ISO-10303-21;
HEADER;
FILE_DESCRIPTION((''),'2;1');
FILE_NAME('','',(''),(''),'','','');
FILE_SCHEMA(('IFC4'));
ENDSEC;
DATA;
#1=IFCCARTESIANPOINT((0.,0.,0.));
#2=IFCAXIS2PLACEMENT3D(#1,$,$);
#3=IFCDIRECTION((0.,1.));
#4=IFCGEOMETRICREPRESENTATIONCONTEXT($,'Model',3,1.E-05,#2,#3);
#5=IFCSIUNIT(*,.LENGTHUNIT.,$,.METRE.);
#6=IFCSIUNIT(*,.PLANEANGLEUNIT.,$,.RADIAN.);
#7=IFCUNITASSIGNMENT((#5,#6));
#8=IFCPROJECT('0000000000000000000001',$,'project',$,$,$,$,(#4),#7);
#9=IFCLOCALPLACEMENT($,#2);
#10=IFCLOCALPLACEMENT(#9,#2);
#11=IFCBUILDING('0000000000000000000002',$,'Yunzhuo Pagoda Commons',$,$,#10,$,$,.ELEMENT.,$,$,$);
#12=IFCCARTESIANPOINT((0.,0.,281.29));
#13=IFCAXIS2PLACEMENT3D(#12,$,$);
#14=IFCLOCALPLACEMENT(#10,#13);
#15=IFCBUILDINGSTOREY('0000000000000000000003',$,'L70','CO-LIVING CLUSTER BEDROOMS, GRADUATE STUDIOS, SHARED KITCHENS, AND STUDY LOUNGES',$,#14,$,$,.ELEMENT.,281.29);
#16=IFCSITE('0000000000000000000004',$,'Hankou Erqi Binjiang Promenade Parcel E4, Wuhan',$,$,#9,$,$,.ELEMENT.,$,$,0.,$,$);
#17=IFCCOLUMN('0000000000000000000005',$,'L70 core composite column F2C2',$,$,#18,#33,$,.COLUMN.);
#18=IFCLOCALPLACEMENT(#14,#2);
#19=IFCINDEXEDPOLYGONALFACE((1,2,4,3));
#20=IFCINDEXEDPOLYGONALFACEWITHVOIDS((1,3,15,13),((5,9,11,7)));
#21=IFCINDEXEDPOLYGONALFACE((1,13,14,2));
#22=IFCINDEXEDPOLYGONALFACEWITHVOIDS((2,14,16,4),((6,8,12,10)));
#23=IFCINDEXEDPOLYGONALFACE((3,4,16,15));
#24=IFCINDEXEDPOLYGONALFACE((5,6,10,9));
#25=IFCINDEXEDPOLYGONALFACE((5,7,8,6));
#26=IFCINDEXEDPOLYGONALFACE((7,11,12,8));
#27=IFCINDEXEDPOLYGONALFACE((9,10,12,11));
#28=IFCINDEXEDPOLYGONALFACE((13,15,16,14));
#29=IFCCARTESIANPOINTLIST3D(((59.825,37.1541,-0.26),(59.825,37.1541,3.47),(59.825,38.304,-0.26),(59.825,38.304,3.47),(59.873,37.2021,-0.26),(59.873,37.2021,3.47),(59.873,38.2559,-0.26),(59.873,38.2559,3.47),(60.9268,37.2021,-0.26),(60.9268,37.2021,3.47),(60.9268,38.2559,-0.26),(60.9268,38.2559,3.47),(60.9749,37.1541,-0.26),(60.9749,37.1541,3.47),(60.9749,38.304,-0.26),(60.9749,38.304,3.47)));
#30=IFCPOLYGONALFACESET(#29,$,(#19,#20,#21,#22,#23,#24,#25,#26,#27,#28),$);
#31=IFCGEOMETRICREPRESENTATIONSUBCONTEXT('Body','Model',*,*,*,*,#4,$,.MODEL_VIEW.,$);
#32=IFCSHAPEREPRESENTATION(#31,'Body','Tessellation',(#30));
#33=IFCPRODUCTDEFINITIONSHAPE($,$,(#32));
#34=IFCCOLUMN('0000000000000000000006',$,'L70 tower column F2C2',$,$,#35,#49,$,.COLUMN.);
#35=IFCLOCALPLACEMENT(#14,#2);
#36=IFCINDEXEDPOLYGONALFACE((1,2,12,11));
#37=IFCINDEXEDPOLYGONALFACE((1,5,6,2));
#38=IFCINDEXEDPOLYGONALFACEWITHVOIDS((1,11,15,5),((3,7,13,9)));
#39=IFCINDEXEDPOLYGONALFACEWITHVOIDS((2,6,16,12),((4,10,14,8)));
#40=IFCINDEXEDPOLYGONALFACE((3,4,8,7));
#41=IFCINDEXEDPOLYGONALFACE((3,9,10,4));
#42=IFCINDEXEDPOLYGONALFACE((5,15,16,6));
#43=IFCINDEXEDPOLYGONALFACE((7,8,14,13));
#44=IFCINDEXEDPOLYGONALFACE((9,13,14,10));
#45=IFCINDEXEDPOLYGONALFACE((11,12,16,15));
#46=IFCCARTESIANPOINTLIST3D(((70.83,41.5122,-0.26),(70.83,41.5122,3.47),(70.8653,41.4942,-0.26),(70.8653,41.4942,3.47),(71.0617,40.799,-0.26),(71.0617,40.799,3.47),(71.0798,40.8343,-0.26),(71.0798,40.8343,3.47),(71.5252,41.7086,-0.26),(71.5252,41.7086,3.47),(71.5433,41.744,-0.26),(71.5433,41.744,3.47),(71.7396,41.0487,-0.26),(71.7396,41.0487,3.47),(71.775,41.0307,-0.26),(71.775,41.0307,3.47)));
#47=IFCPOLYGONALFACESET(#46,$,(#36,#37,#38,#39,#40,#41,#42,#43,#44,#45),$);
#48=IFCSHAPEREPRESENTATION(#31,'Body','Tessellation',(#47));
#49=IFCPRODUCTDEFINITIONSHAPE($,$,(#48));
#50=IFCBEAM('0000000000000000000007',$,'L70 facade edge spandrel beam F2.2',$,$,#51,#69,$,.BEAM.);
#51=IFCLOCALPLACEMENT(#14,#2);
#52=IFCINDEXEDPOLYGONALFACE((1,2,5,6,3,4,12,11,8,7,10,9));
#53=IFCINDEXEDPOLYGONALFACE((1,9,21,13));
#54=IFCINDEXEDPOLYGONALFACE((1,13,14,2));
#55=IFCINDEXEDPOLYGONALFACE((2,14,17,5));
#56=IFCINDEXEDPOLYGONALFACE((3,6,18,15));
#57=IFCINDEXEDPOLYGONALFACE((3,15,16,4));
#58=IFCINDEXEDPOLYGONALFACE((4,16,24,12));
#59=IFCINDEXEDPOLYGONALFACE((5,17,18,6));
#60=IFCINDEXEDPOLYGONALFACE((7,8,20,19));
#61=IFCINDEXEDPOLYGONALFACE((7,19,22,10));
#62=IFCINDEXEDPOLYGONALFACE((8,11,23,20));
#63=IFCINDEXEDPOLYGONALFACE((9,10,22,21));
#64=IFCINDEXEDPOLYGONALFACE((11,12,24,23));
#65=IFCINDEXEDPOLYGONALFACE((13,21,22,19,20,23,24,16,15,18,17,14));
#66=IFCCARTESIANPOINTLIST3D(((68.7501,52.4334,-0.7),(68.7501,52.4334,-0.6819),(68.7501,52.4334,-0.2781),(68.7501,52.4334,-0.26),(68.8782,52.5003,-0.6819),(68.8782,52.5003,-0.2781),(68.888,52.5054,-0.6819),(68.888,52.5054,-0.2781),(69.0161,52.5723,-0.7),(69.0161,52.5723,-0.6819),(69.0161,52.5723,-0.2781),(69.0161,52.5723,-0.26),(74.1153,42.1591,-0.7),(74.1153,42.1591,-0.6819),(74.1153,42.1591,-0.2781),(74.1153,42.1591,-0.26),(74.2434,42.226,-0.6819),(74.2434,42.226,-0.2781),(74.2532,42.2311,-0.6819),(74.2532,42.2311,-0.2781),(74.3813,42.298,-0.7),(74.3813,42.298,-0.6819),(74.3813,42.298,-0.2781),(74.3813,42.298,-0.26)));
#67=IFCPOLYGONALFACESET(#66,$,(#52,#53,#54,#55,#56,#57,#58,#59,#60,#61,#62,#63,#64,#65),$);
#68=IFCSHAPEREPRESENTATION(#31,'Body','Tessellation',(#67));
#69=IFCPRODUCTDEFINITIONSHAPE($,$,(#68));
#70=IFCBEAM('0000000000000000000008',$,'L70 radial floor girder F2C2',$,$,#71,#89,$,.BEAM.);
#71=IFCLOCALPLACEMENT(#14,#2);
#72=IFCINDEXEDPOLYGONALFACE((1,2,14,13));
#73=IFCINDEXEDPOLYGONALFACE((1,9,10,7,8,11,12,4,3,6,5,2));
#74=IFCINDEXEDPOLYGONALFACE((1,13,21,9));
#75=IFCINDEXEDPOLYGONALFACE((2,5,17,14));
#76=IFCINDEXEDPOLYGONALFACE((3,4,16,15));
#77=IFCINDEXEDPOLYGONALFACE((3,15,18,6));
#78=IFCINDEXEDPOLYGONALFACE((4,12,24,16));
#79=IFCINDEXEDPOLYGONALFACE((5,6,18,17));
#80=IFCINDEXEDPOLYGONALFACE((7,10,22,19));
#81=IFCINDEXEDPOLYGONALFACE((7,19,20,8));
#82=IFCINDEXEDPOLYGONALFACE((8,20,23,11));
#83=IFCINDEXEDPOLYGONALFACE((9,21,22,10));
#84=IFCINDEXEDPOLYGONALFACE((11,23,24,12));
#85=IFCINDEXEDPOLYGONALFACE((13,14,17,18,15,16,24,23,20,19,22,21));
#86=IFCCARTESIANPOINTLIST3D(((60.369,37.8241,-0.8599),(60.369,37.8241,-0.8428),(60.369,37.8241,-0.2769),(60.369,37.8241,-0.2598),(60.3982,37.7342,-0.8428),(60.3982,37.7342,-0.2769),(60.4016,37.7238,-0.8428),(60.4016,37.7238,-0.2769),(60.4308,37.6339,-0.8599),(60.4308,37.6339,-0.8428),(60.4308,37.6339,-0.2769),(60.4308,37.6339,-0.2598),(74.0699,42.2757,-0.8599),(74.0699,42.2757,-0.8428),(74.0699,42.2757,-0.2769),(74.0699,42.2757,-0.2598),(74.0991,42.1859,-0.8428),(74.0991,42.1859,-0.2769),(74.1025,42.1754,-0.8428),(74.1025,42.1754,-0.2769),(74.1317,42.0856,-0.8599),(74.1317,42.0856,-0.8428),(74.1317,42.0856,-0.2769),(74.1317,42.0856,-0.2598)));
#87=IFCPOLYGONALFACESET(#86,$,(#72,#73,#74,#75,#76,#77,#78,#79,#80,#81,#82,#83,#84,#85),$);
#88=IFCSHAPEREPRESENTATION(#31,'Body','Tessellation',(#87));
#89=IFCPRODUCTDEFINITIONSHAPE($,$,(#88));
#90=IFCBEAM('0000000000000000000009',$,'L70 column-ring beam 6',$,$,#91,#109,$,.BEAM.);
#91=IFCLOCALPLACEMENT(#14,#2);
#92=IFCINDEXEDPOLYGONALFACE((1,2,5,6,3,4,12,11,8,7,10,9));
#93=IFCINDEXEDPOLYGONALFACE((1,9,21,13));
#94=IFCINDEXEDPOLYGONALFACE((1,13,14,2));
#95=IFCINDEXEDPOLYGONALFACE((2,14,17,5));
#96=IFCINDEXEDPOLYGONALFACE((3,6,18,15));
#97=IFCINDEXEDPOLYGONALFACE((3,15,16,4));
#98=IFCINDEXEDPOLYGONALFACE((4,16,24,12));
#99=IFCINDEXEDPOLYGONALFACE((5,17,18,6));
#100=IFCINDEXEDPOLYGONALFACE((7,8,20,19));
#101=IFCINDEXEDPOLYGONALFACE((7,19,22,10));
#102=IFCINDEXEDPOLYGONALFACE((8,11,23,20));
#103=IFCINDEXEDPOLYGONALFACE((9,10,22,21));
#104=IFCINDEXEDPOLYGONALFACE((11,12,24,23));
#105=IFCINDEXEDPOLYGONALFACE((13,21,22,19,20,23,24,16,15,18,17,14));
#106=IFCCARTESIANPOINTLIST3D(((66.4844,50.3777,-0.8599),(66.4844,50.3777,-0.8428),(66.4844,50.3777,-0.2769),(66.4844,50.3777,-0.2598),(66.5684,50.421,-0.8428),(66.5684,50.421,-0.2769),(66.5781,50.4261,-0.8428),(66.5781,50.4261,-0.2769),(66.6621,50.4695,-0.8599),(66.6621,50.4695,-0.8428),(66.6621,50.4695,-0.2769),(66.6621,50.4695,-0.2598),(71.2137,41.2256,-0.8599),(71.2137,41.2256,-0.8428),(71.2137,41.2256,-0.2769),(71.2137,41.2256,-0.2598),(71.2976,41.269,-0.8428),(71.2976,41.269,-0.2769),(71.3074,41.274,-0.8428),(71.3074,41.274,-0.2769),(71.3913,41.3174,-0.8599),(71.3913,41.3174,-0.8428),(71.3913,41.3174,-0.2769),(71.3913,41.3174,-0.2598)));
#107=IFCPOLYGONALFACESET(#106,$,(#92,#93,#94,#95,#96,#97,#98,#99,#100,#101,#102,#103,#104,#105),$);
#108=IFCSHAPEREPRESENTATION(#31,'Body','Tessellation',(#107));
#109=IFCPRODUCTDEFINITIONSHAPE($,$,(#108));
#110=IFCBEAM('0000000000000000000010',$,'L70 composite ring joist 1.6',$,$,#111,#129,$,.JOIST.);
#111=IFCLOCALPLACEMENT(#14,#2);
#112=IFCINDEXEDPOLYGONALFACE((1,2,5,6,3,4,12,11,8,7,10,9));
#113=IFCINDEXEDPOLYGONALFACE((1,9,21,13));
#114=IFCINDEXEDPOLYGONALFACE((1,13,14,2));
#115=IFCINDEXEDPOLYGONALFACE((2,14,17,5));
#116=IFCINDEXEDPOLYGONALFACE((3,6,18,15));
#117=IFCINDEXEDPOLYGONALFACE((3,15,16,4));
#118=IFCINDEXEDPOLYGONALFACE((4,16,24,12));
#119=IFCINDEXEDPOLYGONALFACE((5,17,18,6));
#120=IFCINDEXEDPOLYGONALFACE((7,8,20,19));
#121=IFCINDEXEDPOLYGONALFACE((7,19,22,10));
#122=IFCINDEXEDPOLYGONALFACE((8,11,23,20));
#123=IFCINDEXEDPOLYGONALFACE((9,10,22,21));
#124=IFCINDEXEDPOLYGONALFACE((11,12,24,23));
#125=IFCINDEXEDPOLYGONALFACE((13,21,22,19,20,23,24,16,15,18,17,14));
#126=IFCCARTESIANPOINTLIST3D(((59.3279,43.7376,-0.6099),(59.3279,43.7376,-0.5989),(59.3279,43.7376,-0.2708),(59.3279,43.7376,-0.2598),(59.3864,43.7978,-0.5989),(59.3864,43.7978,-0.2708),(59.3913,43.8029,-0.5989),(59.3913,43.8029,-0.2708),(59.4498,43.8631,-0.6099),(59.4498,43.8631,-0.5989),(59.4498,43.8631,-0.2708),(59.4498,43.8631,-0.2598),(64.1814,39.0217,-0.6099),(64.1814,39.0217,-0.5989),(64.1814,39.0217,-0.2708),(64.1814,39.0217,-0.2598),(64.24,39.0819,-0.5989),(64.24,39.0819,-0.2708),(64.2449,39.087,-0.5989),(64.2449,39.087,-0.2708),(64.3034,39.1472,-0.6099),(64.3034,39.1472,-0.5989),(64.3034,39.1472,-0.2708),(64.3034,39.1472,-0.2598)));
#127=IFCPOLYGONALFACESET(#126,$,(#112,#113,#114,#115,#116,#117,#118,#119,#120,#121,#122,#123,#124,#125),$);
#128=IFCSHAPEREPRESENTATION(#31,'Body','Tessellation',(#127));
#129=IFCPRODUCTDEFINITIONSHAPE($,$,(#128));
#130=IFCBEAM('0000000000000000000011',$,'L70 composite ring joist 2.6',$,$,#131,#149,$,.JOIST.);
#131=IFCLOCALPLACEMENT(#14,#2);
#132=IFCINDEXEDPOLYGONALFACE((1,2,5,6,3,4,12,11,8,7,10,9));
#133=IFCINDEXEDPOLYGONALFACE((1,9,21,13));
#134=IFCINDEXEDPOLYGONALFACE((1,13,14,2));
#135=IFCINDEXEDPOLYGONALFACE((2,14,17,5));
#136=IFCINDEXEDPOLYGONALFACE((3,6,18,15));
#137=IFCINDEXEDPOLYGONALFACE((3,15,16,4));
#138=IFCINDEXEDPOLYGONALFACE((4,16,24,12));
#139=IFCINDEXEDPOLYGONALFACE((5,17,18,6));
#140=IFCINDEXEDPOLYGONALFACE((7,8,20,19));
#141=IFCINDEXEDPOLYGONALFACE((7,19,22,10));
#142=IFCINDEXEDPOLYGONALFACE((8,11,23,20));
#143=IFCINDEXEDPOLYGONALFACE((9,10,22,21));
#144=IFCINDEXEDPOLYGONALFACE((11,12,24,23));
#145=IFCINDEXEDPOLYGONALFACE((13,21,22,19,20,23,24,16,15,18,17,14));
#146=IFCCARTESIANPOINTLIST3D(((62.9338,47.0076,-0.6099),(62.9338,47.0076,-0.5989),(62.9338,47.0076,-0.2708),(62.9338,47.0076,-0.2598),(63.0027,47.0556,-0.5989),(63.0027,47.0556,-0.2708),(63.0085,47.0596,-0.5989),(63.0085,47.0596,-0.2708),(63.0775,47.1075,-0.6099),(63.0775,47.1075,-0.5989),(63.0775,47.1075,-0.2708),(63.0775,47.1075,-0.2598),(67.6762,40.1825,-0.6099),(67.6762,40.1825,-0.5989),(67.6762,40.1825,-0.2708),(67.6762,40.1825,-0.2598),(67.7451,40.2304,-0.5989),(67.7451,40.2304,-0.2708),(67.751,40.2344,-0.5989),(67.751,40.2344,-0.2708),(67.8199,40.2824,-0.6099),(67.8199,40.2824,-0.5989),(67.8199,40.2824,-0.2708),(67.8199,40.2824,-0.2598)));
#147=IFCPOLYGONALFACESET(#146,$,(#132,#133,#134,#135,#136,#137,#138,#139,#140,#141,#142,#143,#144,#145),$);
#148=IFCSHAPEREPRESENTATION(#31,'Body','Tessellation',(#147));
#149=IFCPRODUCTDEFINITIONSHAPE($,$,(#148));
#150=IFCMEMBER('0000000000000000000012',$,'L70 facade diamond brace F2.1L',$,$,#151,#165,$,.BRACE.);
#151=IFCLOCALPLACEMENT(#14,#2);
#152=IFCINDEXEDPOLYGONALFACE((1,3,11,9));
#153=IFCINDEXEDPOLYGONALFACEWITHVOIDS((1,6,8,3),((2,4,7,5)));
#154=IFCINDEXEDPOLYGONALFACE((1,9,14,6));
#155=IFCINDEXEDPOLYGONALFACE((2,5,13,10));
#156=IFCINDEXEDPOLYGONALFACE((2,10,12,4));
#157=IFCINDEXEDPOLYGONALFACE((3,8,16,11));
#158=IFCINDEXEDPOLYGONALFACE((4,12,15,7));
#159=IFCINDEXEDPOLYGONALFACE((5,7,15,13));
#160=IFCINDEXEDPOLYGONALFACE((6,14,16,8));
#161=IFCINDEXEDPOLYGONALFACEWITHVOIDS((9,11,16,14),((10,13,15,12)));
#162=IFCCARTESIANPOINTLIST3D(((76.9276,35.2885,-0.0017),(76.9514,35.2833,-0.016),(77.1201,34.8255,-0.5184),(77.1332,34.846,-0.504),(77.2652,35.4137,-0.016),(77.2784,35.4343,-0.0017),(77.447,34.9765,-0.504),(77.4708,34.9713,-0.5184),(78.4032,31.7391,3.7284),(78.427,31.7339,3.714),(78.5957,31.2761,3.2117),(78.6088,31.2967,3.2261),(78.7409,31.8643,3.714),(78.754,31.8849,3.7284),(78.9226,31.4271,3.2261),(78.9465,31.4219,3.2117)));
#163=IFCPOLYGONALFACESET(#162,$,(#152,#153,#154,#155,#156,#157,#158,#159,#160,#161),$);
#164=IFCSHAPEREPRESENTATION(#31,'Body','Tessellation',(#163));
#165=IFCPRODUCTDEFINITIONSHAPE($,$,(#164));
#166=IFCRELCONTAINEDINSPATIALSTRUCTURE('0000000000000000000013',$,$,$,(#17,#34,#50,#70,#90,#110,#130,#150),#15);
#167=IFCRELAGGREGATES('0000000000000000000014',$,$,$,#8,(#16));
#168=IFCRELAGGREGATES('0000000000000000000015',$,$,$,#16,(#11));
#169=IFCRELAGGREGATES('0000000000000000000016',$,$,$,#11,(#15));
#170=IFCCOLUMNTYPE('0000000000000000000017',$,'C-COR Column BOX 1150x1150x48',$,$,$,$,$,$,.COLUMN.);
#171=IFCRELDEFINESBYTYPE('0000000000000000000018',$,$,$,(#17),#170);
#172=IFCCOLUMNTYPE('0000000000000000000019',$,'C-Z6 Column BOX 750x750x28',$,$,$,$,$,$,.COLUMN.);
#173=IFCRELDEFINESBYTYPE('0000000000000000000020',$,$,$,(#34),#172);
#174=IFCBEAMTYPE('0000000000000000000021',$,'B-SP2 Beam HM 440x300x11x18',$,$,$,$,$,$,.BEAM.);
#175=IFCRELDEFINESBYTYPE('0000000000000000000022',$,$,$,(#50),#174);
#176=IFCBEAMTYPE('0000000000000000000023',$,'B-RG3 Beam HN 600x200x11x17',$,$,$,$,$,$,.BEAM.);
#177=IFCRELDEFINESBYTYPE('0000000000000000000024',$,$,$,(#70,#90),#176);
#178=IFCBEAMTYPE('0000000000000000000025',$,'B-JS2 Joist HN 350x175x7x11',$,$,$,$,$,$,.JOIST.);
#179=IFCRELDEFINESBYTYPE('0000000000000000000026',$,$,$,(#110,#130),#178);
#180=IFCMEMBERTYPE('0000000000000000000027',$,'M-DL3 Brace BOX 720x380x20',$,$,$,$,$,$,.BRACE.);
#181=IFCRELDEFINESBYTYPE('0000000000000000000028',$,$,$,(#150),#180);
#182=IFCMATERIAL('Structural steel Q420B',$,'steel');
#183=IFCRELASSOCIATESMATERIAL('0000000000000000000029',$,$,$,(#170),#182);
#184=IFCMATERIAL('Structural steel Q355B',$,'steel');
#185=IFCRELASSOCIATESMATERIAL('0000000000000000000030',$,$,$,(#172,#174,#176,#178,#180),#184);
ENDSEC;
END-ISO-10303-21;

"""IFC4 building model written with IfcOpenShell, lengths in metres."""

from ifc_helpers import new_model, si_unit, direction, frame, origin, origin_2d, place, context, subcontext, project, spatial, hollow_rectangle, i_section, extrude, source, transform, mapped, material, material_profile, profile_set, type_object, element, save


model = new_model("IFC4")

# Units and contexts
model_context = context("Model", 3, precision=1e-05, world=origin(), true_north=direction((0.0, 1.0)))
body_context = subcontext(model_context, "Body", "Model", "MODEL_VIEW")
ifc_project = project(units=[si_unit("LENGTHUNIT", "METRE"), si_unit("PLANEANGLEUNIT", "RADIAN")], contexts=[model_context])

# Site, building, storey
site_placement = place(None, origin())
site = spatial("IfcSite", under=ifc_project, at=site_placement, Name="Hankou Erqi Binjiang Promenade Parcel E4, Wuhan", CompositionType="ELEMENT", RefElevation=0.0)
building_placement = place(site_placement, origin())
building = spatial("IfcBuilding", under=site, at=building_placement, Name="Yunzhuo Pagoda Commons", CompositionType="ELEMENT")
storey_placement = place(building_placement, frame((0.0, 0.0, 281.29)))
storey = spatial("IfcBuildingStorey", under=building, at=storey_placement, Name="L70", Description="CO-LIVING CLUSTER BEDROOMS, GRADUATE STUDIOS, SHARED KITCHENS, AND STUDY LOUNGES", CompositionType="ELEMENT", Elevation=281.29)

# Columns
ifc_material_1 = material(Name="Structural steel Q420B", Category="steel")
ifc_material_profile_1 = material_profile(ifc_material_1, hollow_rectangle(XDim=1.1499, YDim=1.1499, WallThickness=0.0481, at=origin_2d()), Name="Structural steel Q420B")
ifc_profile_set_1 = profile_set([ifc_material_profile_1], Name="Structural steel Q420B")
column_type_1 = type_object("IfcColumnType", Name="C-COR Column BOX 1150x1150x48", PredefinedType="COLUMN", material=ifc_profile_set_1)
shared_shape_1 = source(origin(), body_context, "Body", "SweptSolid", [
    extrude(hollow_rectangle(XDim=1.1499, YDim=1.1499, WallThickness=0.0481, at=origin_2d()), origin(), (0.0, 0.0, 1.0), 3.73),
])
column_1_placement = place(storey_placement, frame((60.3999, 37.729, -0.26), z_axis=(0.0, 0.0, 1.0), x_axis=(1.0, 0.0, 0.0)))
element("IfcColumn", 1, at=column_1_placement, inside=storey, type_object=column_type_1, Name="L70 core composite column F2C2", PredefinedType="COLUMN", context=body_context, shape_type="MappedRepresentation", body=[
    mapped(shared_shape_1, transform((0.0, 0.0, 0.0), scale=1.0)),
])
ifc_material_2 = material(Name="Structural steel Q355B", Category="steel")
ifc_material_profile_2 = material_profile(ifc_material_2, hollow_rectangle(XDim=0.75, YDim=0.75, WallThickness=0.0281, at=origin_2d()), Name="Structural steel Q355B")
ifc_profile_set_2 = profile_set([ifc_material_profile_2], Name="Structural steel Q355B")
column_type_2 = type_object("IfcColumnType", Name="C-Z6 Column BOX 750x750x28", PredefinedType="COLUMN", material=ifc_profile_set_2)
shared_shape_2 = source(origin(), body_context, "Body", "SweptSolid", [
    extrude(hollow_rectangle(XDim=0.75, YDim=0.75, WallThickness=0.0281, at=origin_2d()), origin(), (0.0, 0.0, 1.0), 3.73),
])
column_2_placement = place(storey_placement, frame((71.3025, 41.2715, -0.26), z_axis=(0.0, 0.0, 1.0), x_axis=(-0.309017, 0.951057, 0.0)))
element("IfcColumn", 2, at=column_2_placement, inside=storey, type_object=column_type_2, Name="L70 tower column F2C2", PredefinedType="COLUMN", context=body_context, shape_type="MappedRepresentation", body=[
    mapped(shared_shape_2, transform((0.0, 0.0, 0.0), scale=1.0)),
])

# Beams
ifc_material_profile_3 = material_profile(ifc_material_2, i_section(OverallWidth=0.3, OverallDepth=0.4399, WebThickness=0.011, FlangeThickness=0.0181, at=origin_2d()), Name="Structural steel Q355B")
ifc_profile_set_3 = profile_set([ifc_material_profile_3], Name="Structural steel Q355B")
beam_type_1 = type_object("IfcBeamType", Name="B-SP2 Beam HM 440x300x11x18", PredefinedType="BEAM", material=ifc_profile_set_3)
shared_shape_3 = source(origin(), body_context, "Body", "SweptSolid", [
    extrude(i_section(OverallWidth=0.3, OverallDepth=0.4399, WebThickness=0.011, FlangeThickness=0.0181, at=origin_2d()), origin(), (0.0, 0.0, 1.0), 11.5908),
])
beam_1_placement = place(storey_placement, frame((74.2483, 42.2285, -0.48), z_axis=(-0.462883, 0.88642, 0.0), x_axis=(-0.88642, -0.462883, 0.0)))
element("IfcBeam", 3, at=beam_1_placement, inside=storey, type_object=beam_type_1, Name="L70 facade edge spandrel beam F2.2", PredefinedType="BEAM", context=body_context, shape_type="MappedRepresentation", body=[
    mapped(shared_shape_3, transform((0.0, 0.0, 0.0), scale=1.0)),
])
ifc_material_profile_4 = material_profile(ifc_material_2, i_section(OverallWidth=0.2, OverallDepth=0.6001, WebThickness=0.011, FlangeThickness=0.0171, at=origin_2d()), Name="Structural steel Q355B")
ifc_profile_set_4 = profile_set([ifc_material_profile_4], Name="Structural steel Q355B")
beam_type_2 = type_object("IfcBeamType", Name="B-RG3 Beam HN 600x200x11x17", PredefinedType="BEAM", material=ifc_profile_set_4)
shared_shape_4 = source(origin(), body_context, "Body", "SweptSolid", [
    extrude(i_section(OverallWidth=0.2, OverallDepth=0.6001, WebThickness=0.011, FlangeThickness=0.0171, at=origin_2d()), origin(), (0.0, 0.0, 1.0), 14.406),
])
beam_2_placement = place(storey_placement, frame((74.1008, 42.1807, -0.5598), z_axis=(-0.951057, -0.309014, 0.0), x_axis=(0.309014, -0.951057, 0.0)))
element("IfcBeam", 4, at=beam_2_placement, inside=storey, type_object=beam_type_2, Name="L70 radial floor girder F2C2", PredefinedType="BEAM", context=body_context, shape_type="MappedRepresentation", body=[
    mapped(shared_shape_4, transform((0.0, 0.0, 0.0), scale=1.0)),
])
shared_shape_5 = source(origin(), body_context, "Body", "SweptSolid", [
    extrude(i_section(OverallWidth=0.2, OverallDepth=0.6001, WebThickness=0.011, FlangeThickness=0.0171, at=origin_2d()), origin(), (0.0, 0.0, 1.0), 10.3018),
])
beam_3_placement = place(storey_placement, frame((71.3025, 41.2715, -0.5598), z_axis=(-0.459071, 0.8884, 0.0), x_axis=(-0.8884, -0.459071, 0.0)))
element("IfcBeam", 5, at=beam_3_placement, inside=storey, type_object=beam_type_2, Name="L70 column-ring beam 6", PredefinedType="BEAM", context=body_context, shape_type="MappedRepresentation", body=[
    mapped(shared_shape_5, transform((0.0, 0.0, 0.0), scale=1.0)),
])
ifc_material_profile_5 = material_profile(ifc_material_2, i_section(OverallWidth=0.175, OverallDepth=0.3501, WebThickness=0.0071, FlangeThickness=0.011, at=origin_2d()), Name="Structural steel Q355B")
ifc_profile_set_5 = profile_set([ifc_material_profile_5], Name="Structural steel Q355B")
beam_type_3 = type_object("IfcBeamType", Name="B-JS2 Joist HN 350x175x7x11", PredefinedType="JOIST", material=ifc_profile_set_5)
shared_shape_6 = source(origin(), body_context, "Body", "SweptSolid", [
    extrude(i_section(OverallWidth=0.175, OverallDepth=0.3501, WebThickness=0.0071, FlangeThickness=0.011, at=origin_2d()), origin(), (0.0, 0.0, 1.0), 6.7673),
])
beam_4_placement = place(storey_placement, frame((64.2424, 39.0845, -0.4348), z_axis=(-0.717207, 0.69686, 0.0), x_axis=(-0.69686, -0.717207, 0.0)))
element("IfcBeam", 6, at=beam_4_placement, inside=storey, type_object=beam_type_3, Name="L70 composite ring joist 1.6", PredefinedType="JOIST", context=body_context, shape_type="MappedRepresentation", body=[
    mapped(shared_shape_6, transform((0.0, 0.0, 0.0), scale=1.0)),
])
shared_shape_7 = source(origin(), body_context, "Body", "SweptSolid", [
    extrude(i_section(OverallWidth=0.175, OverallDepth=0.3501, WebThickness=0.0071, FlangeThickness=0.011, at=origin_2d()), origin(), (0.0, 0.0, 1.0), 8.311),
])
beam_5_placement = place(storey_placement, frame((67.748, 40.2324, -0.4348), z_axis=(-0.570616, 0.821217, 0.0), x_axis=(-0.821217, -0.570616, 0.0)))
element("IfcBeam", 7, at=beam_5_placement, inside=storey, type_object=beam_type_3, Name="L70 composite ring joist 2.6", PredefinedType="JOIST", context=body_context, shape_type="MappedRepresentation", body=[
    mapped(shared_shape_7, transform((0.0, 0.0, 0.0), scale=1.0)),
])

# Member
ifc_material_profile_6 = material_profile(ifc_material_2, hollow_rectangle(XDim=0.3799, YDim=0.72, WallThickness=0.02, at=origin_2d()), Name="Structural steel Q355B")
ifc_profile_set_6 = profile_set([ifc_material_profile_6], Name="Structural steel Q355B")
member_type_1 = type_object("IfcMemberType", Name="M-DL3 Brace BOX 720x380x20", PredefinedType="BRACE", material=ifc_profile_set_6)
shared_shape_8 = source(origin(), body_context, "Body", "SweptSolid", [
    extrude(hollow_rectangle(XDim=0.3799, YDim=0.72, WallThickness=0.02, at=origin_2d()), origin(), (0.0, 0.0, 1.0), 5.3562),
])
member_1_placement = place(storey_placement, frame((77.1992, 35.1299, -0.26), z_axis=(0.275497, -0.662669, 0.696399), x_axis=(0.923381, 0.383885, 0.0)))
element("IfcMember", 8, at=member_1_placement, inside=storey, type_object=member_type_1, Name="L70 facade diamond brace F2.1L", PredefinedType="BRACE", context=body_context, shape_type="MappedRepresentation", body=[
    mapped(shared_shape_8, transform((0.0, 0.0, 0.0), scale=1.0)),
])

save(model, "model.ifc")
